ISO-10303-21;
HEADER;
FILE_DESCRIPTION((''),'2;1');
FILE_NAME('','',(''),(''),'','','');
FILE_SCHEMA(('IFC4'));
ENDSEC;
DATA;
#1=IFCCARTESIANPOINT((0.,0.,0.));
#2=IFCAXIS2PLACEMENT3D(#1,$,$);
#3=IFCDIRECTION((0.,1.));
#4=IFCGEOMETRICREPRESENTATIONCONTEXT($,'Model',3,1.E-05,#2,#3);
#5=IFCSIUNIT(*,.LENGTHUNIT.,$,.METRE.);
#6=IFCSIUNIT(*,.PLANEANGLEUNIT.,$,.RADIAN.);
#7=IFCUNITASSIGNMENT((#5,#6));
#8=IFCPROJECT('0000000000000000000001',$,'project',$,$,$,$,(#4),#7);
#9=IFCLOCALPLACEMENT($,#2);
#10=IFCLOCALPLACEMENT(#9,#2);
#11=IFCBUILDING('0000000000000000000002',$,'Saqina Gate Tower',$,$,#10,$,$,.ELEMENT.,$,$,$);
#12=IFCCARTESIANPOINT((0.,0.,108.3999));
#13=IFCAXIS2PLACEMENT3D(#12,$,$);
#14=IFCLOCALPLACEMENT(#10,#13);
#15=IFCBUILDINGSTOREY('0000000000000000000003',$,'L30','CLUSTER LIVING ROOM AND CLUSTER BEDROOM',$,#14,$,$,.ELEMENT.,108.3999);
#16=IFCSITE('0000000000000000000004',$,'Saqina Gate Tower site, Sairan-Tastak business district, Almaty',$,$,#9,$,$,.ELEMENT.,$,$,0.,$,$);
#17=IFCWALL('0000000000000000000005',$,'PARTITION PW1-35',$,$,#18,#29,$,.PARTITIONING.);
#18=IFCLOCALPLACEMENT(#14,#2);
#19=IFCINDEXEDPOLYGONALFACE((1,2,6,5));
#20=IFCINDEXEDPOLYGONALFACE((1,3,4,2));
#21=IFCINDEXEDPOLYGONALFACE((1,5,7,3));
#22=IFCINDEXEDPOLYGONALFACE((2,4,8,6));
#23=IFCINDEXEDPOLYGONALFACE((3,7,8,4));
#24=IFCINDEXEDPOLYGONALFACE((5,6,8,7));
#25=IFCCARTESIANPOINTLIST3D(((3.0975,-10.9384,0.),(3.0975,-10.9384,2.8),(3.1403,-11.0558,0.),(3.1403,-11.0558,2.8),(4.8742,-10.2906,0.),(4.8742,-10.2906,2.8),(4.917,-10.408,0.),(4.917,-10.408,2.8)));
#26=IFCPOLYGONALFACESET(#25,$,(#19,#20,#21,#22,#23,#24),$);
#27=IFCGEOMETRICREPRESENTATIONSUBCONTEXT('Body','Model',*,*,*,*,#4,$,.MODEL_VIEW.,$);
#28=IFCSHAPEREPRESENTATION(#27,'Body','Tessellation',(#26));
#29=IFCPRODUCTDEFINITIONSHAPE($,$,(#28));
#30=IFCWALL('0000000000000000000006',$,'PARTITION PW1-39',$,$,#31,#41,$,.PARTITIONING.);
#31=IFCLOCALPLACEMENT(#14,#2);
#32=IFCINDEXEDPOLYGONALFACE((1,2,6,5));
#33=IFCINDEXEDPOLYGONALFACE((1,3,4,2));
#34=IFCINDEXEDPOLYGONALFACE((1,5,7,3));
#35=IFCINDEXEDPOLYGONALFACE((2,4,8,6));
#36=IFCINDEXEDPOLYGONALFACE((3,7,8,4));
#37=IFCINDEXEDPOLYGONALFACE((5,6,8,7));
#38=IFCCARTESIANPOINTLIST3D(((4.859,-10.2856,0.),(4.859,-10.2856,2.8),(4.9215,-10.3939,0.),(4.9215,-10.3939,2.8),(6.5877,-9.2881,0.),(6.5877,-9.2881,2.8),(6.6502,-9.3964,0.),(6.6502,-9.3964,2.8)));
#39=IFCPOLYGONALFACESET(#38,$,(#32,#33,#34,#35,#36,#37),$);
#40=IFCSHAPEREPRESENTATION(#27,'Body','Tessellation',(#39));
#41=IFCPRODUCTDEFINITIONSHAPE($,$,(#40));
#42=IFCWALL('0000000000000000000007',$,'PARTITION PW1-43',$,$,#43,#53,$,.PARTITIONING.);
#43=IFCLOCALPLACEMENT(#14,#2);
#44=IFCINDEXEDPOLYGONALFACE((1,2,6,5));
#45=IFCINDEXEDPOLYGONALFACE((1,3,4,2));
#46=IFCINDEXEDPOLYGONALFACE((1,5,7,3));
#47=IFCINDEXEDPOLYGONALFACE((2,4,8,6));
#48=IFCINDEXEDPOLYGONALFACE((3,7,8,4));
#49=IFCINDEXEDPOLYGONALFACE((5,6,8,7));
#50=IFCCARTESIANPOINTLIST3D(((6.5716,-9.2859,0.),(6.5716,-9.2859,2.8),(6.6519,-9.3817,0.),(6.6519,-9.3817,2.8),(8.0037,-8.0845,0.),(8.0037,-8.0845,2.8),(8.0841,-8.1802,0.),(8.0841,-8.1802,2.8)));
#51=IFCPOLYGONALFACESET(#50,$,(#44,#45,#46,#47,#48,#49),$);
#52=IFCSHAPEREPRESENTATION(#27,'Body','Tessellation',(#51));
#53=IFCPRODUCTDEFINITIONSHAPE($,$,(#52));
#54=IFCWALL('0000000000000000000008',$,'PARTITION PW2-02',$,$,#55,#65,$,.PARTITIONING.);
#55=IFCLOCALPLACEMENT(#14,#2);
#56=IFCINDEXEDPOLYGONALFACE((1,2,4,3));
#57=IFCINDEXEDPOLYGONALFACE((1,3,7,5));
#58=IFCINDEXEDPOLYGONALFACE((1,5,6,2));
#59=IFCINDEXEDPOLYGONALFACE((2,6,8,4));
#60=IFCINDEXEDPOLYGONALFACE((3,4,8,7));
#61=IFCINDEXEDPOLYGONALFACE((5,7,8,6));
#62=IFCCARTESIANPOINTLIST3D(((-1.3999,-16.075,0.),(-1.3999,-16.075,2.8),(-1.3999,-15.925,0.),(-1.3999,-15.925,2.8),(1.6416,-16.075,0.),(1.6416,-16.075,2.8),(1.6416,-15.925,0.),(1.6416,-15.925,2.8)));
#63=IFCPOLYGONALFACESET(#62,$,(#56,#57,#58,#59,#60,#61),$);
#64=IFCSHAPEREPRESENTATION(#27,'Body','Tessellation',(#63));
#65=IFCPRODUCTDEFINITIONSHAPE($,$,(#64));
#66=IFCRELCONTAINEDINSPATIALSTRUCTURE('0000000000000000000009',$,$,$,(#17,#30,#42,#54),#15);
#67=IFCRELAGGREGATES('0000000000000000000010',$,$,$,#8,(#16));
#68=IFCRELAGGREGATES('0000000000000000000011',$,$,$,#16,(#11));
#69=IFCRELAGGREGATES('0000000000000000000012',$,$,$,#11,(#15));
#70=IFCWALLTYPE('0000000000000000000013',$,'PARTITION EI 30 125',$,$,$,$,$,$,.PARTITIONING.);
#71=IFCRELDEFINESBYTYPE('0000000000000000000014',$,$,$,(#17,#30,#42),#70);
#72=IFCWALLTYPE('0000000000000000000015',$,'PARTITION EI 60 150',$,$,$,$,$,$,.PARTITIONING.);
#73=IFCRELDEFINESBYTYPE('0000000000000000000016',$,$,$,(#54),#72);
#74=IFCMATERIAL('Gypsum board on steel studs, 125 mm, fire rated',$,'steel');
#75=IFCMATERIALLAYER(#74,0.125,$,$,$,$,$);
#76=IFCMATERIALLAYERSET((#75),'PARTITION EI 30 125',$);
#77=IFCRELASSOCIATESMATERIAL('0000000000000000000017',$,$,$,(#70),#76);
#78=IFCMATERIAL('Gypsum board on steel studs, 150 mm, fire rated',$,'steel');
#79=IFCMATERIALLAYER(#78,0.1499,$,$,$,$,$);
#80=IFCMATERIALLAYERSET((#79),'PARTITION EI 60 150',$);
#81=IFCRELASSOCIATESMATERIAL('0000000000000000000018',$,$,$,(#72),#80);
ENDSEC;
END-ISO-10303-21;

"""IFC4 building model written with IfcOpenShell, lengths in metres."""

from ifc_helpers import new_model, si_unit, direction, frame, frame_2d, origin, place, context, subcontext, project, spatial, rectangle, extrude, material, layer, layer_set, type_object, element, save


model = new_model("IFC4")

# Units and contexts
model_context = context("Model", 3, precision=1e-05, world=origin(), true_north=direction((0.0, 1.0)))
body_context = subcontext(model_context, "Body", "Model", "MODEL_VIEW")
ifc_project = project(units=[si_unit("LENGTHUNIT", "METRE"), si_unit("PLANEANGLEUNIT", "RADIAN")], contexts=[model_context])

# Site, building, storey
site_placement = place(None, origin())
site = spatial("IfcSite", under=ifc_project, at=site_placement, Name="Saqina Gate Tower site, Sairan-Tastak business district, Almaty", CompositionType="ELEMENT", RefElevation=0.0)
building_placement = place(site_placement, origin())
building = spatial("IfcBuilding", under=site, at=building_placement, Name="Saqina Gate Tower", CompositionType="ELEMENT")
storey_placement = place(building_placement, frame((0.0, 0.0, 108.3999)))
storey = spatial("IfcBuildingStorey", under=building, at=storey_placement, Name="L30", Description="CLUSTER LIVING ROOM AND CLUSTER BEDROOM", CompositionType="ELEMENT", Elevation=108.3999)

# Shared definitions
ifc_material_1 = material(Name="Gypsum board on steel studs, 125 mm, fire rated", Category="steel")
ifc_layer_1 = layer(ifc_material_1, 0.125)
ifc_layer_set_1 = layer_set([ifc_layer_1], Name="PARTITION EI 30 125")
wall_type_1 = type_object("IfcWallType", Name="PARTITION EI 30 125", PredefinedType="PARTITIONING", material=ifc_layer_set_1)

# Walls
wall_1_placement = place(storey_placement, frame((3.1189, -10.9971, 0.0), z_axis=(0.0, 0.0, 1.0), x_axis=(0.93951, 0.34252, 0.0)))
element("IfcWall", 1, at=wall_1_placement, inside=storey, type_object=wall_type_1, Name="PARTITION PW1-35", PredefinedType="PARTITIONING", context=body_context, shape_type="SweptSolid", body=[
    extrude(rectangle(XDim=1.8911, YDim=0.125, at=frame_2d((0.9456, 0.0))), origin(), (0.0, 0.0, 1.0), 2.8),
])
wall_2_placement = place(storey_placement, frame((4.8901, -10.3398, 0.0), z_axis=(0.0, 0.0, 1.0), x_axis=(0.866143, 0.499797, 0.0)))
element("IfcWall", 2, at=wall_2_placement, inside=storey, type_object=wall_type_1, Name="PARTITION PW1-39", PredefinedType="PARTITIONING", context=body_context, shape_type="SweptSolid", body=[
    extrude(rectangle(XDim=1.9958, YDim=0.125, at=frame_2d((0.998, 0.0))), origin(), (0.0, 0.0, 1.0), 2.8),
])
wall_3_placement = place(storey_placement, frame((6.6118, -9.3337, 0.0), z_axis=(0.0, 0.0, 1.0), x_axis=(0.766119, 0.642699, 0.0)))
element("IfcWall", 3, at=wall_3_placement, inside=storey, type_object=wall_type_1, Name="PARTITION PW1-43", PredefinedType="PARTITIONING", context=body_context, shape_type="SweptSolid", body=[
    extrude(rectangle(XDim=1.8694, YDim=0.125, at=frame_2d((0.9346, 0.0))), origin(), (0.0, 0.0, 1.0), 2.8),
])
ifc_material_2 = material(Name="Gypsum board on steel studs, 150 mm, fire rated", Category="steel")
ifc_layer_2 = layer(ifc_material_2, 0.1499)
ifc_layer_set_2 = layer_set([ifc_layer_2], Name="PARTITION EI 60 150")
wall_type_2 = type_object("IfcWallType", Name="PARTITION EI 60 150", PredefinedType="PARTITIONING", material=ifc_layer_set_2)
wall_4_placement = place(storey_placement, frame((-1.3999, -16.0, 0.0), z_axis=(0.0, 0.0, 1.0), x_axis=(1.0, 0.0, 0.0)))
element("IfcWall", 4, at=wall_4_placement, inside=storey, type_object=wall_type_2, Name="PARTITION PW2-02", PredefinedType="PARTITIONING", context=body_context, shape_type="SweptSolid", body=[
    extrude(rectangle(XDim=3.0415, YDim=0.1499, at=frame_2d((1.5208, 0.0))), origin(), (0.0, 0.0, 1.0), 2.8),
])

save(model, "model.ifc")
